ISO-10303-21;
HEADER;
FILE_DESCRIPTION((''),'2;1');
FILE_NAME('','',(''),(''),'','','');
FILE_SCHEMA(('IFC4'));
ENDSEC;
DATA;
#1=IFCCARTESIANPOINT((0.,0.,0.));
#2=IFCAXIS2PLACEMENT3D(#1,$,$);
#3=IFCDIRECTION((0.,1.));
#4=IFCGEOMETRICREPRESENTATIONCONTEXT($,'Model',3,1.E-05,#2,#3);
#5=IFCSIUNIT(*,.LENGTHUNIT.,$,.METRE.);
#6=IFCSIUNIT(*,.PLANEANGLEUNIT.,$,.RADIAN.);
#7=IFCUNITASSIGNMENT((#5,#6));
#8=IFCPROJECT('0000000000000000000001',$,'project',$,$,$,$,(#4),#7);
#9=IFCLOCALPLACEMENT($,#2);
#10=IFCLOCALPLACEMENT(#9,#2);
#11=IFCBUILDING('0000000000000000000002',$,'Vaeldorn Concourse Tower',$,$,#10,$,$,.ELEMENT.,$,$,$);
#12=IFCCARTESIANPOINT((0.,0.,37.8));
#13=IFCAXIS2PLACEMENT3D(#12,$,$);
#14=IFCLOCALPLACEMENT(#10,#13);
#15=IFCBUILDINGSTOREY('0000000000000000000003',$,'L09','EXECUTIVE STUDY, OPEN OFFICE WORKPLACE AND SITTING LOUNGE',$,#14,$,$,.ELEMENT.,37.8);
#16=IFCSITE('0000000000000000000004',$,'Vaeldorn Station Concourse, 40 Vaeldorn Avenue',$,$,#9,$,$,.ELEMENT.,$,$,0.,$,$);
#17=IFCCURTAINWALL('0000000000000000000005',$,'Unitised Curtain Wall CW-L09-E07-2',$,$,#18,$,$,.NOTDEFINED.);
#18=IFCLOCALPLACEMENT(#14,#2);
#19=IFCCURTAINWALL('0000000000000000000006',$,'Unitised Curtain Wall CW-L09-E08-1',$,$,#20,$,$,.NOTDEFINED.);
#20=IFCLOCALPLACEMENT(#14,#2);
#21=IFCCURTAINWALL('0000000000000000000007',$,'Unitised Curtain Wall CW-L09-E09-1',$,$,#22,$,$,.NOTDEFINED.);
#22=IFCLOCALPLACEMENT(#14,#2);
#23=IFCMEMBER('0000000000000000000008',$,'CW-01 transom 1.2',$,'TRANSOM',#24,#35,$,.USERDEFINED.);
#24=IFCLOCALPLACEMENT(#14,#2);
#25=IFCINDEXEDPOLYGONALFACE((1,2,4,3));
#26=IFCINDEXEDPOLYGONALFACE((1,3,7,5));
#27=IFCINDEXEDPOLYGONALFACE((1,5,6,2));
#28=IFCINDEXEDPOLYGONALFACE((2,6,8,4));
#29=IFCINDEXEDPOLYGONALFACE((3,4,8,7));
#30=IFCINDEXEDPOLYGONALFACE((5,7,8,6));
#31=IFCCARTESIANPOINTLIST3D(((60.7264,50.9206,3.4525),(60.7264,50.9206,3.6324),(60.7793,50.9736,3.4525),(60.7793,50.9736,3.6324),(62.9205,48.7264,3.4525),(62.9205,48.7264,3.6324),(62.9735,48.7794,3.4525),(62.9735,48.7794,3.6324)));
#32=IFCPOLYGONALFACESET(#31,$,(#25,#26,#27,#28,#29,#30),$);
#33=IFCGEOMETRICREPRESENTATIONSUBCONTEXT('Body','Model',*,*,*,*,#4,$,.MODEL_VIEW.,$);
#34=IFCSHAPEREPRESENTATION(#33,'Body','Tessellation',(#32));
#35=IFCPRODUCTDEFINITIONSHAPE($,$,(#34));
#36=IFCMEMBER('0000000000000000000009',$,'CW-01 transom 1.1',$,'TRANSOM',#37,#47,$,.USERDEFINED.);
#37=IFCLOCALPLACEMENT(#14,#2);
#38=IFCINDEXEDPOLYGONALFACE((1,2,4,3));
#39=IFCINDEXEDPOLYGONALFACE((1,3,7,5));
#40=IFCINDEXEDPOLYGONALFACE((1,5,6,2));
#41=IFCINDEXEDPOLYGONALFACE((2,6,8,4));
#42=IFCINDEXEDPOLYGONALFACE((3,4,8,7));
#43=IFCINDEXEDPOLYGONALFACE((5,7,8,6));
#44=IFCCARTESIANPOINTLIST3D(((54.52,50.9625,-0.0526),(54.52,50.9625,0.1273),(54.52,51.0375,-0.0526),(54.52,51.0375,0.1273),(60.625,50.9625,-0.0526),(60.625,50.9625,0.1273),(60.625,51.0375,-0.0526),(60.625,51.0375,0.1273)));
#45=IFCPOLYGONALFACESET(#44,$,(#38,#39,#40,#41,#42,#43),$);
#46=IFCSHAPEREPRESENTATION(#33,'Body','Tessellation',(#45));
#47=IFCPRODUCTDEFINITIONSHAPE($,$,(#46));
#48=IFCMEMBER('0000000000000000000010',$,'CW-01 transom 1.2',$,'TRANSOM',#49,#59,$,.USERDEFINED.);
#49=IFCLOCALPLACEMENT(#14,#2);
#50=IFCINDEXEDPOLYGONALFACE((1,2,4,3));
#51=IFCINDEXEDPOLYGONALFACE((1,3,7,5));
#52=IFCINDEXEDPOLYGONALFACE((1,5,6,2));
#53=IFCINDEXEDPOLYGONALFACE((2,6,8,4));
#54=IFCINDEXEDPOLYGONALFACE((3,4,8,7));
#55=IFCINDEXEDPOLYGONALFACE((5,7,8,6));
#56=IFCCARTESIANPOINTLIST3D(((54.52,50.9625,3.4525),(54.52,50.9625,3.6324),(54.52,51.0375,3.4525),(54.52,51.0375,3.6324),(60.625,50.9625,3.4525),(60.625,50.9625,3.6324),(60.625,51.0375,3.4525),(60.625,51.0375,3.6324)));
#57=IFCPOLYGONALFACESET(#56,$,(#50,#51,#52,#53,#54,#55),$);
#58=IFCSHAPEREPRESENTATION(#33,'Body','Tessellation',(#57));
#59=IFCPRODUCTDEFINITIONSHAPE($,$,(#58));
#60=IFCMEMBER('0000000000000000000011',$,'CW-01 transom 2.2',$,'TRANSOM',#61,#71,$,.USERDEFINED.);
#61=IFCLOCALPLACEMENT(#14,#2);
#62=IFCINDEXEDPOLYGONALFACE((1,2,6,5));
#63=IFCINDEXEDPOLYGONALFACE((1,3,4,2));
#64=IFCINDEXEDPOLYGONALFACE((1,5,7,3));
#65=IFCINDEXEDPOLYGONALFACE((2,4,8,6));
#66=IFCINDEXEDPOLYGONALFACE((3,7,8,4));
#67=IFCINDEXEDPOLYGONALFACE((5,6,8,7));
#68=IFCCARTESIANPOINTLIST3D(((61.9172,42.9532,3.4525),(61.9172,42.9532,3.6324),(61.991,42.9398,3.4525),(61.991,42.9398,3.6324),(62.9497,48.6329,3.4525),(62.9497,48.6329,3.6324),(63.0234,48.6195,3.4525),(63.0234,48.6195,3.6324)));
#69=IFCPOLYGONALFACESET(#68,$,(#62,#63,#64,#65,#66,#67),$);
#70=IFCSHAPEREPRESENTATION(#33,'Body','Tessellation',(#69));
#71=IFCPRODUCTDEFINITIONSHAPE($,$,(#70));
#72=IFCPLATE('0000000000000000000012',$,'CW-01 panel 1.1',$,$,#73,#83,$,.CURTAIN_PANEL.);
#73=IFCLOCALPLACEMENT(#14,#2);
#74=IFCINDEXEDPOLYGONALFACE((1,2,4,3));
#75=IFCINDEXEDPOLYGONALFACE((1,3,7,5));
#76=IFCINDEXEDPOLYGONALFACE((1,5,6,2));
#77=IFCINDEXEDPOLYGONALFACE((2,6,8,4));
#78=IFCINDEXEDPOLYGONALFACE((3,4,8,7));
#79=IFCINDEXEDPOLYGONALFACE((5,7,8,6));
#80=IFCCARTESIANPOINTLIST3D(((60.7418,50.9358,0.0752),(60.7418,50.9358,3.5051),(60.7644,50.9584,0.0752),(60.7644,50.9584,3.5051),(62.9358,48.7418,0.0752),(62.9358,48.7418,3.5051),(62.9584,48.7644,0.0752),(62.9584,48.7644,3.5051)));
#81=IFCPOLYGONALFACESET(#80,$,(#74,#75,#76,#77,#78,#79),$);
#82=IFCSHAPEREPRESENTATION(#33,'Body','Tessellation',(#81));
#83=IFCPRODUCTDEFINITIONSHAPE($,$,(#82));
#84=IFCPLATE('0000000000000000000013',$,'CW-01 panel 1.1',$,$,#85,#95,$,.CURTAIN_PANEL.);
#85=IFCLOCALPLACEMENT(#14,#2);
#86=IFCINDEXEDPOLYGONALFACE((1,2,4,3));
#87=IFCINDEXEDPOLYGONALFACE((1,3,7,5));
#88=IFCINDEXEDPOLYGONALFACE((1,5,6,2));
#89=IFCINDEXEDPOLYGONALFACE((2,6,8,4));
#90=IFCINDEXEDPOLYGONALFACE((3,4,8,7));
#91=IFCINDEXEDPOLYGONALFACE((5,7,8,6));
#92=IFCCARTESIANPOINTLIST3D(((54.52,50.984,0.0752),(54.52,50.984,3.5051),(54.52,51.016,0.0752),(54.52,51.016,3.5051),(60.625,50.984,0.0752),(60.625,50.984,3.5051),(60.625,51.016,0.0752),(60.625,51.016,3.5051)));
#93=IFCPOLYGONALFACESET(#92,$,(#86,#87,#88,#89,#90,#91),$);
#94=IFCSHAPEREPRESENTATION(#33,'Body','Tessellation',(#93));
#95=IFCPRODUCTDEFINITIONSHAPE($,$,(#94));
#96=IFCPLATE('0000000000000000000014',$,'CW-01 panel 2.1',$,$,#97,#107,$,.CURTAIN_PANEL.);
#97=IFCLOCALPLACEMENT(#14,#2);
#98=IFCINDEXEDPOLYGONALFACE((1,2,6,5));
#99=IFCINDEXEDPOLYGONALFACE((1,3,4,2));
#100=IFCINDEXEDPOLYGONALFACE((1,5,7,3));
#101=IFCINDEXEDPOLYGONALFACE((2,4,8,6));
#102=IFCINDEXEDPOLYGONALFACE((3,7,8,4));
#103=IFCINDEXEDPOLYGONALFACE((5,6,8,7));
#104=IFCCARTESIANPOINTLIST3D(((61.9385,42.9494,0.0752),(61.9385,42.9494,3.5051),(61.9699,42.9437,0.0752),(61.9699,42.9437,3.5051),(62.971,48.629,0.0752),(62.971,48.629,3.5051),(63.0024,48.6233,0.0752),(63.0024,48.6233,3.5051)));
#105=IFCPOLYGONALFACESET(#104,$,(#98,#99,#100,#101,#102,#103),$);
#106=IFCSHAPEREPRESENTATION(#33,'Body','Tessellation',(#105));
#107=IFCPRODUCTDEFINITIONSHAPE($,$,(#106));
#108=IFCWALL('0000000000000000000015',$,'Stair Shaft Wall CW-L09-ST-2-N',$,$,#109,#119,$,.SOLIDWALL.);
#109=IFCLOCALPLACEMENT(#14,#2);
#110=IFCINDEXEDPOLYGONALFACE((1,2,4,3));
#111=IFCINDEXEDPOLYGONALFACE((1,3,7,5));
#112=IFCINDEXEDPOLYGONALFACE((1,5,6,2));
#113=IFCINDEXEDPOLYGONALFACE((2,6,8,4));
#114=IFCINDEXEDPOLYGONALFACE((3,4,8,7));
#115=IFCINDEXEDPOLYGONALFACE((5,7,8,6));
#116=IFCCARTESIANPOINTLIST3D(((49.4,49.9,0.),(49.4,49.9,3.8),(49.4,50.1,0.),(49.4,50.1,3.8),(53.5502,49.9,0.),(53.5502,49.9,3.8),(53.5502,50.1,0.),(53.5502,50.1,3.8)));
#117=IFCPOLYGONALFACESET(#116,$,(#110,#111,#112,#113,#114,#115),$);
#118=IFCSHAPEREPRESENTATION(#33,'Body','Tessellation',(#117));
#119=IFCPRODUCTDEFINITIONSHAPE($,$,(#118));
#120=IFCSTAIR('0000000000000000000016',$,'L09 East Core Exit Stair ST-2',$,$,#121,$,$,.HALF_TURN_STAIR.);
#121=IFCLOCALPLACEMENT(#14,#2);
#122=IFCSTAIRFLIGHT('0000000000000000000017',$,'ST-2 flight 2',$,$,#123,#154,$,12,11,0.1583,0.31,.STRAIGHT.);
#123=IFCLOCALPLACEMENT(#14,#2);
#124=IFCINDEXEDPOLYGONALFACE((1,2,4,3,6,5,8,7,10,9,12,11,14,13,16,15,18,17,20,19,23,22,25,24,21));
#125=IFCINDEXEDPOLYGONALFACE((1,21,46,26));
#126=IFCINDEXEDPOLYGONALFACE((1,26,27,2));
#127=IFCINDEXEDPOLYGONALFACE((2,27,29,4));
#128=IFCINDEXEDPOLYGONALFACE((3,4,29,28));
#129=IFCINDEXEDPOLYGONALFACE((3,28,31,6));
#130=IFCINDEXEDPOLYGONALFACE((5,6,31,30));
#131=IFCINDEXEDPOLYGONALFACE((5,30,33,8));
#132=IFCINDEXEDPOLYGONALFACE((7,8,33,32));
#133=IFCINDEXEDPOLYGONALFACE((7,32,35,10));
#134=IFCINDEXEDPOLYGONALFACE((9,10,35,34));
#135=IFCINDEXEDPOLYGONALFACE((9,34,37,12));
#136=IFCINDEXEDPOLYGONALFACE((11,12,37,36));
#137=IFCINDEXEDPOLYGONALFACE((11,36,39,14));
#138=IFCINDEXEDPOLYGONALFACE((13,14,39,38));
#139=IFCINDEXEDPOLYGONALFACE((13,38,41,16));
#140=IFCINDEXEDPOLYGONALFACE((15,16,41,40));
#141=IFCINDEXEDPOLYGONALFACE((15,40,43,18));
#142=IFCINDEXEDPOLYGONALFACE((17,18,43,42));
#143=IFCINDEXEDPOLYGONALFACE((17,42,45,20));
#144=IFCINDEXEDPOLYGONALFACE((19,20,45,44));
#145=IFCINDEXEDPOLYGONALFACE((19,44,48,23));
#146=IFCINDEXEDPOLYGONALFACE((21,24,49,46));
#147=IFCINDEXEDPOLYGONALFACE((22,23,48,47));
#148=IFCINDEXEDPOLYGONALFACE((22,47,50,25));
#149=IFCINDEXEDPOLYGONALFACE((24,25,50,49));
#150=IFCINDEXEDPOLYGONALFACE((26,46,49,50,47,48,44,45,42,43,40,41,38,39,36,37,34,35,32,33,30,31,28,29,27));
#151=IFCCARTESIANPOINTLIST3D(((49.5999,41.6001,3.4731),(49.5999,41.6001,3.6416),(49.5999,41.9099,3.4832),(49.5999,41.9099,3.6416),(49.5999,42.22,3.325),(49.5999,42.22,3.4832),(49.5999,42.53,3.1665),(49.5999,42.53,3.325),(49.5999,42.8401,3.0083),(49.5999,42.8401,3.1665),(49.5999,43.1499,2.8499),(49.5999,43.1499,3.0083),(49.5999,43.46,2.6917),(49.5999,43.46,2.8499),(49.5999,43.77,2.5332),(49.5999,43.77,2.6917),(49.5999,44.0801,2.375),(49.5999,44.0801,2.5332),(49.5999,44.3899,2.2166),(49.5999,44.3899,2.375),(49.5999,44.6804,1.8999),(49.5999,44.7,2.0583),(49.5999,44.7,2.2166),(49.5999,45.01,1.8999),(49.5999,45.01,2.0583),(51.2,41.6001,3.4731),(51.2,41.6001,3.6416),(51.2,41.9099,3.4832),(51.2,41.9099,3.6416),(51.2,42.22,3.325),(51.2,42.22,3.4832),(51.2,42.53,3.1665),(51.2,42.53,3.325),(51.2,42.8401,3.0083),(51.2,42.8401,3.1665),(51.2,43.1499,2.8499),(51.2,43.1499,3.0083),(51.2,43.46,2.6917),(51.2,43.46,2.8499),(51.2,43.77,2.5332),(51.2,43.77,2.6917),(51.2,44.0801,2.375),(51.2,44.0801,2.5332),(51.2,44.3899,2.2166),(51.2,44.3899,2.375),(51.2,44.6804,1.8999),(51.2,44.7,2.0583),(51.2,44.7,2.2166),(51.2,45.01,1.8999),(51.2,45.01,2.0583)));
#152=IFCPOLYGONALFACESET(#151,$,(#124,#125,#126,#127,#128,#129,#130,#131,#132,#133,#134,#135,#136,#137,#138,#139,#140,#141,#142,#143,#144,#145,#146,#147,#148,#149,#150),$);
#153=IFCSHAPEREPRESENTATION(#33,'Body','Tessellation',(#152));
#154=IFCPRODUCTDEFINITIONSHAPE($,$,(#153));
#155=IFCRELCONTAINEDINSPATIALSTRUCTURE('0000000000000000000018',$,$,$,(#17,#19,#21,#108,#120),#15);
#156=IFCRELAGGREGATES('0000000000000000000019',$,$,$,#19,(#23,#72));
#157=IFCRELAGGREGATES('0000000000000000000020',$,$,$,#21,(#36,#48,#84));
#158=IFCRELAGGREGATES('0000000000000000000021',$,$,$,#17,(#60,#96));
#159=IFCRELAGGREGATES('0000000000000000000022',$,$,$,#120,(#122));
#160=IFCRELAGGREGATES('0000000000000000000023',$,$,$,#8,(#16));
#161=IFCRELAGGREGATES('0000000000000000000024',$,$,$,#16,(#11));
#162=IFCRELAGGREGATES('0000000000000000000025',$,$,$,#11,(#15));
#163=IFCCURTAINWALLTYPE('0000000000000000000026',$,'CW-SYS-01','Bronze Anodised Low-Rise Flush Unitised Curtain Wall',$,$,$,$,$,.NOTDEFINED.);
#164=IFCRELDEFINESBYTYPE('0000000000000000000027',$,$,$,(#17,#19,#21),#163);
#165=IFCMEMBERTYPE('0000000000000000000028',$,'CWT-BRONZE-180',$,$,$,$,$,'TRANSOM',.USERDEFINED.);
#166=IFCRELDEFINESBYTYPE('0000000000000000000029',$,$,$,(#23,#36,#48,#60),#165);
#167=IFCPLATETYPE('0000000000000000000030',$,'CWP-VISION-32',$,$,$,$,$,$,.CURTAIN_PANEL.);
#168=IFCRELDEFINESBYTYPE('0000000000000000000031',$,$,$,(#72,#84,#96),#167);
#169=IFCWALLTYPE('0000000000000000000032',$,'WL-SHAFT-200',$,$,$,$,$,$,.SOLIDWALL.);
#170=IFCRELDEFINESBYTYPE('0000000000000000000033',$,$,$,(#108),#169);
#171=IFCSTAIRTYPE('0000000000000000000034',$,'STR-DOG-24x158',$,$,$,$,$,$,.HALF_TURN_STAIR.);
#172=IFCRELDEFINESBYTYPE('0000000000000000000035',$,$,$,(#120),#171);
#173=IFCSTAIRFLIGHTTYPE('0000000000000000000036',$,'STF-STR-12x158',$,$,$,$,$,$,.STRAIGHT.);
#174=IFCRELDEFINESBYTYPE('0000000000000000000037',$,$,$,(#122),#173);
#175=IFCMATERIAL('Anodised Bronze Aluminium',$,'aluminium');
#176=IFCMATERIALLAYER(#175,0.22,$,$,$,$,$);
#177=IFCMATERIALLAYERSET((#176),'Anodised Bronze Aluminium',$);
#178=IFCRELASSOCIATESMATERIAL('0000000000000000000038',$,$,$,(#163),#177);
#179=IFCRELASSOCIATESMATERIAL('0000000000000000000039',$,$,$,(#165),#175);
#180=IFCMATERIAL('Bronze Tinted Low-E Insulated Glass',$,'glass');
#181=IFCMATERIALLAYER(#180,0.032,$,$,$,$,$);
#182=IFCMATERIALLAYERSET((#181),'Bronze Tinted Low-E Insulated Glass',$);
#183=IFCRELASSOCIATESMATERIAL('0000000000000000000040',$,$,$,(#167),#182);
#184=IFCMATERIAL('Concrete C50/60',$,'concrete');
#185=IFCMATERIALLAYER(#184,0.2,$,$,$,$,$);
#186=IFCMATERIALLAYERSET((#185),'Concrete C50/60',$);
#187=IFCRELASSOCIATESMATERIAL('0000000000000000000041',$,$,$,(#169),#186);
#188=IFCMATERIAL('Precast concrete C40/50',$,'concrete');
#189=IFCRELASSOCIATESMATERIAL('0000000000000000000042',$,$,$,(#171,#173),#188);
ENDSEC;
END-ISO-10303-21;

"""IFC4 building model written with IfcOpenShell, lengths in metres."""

from ifc_helpers import new_model, si_unit, direction, frame, frame_2d, origin, origin_2d, place, context, subcontext, project, spatial, polyline, rectangle, outline, extrude, source, transform, mapped, material, layer, layer_set, material_profile, profile_set, type_object, element, aggregate, save


model = new_model("IFC4")

# Units and contexts
model_context = context("Model", 3, precision=1e-05, world=origin(), true_north=direction((0.0, 1.0)))
body_context = subcontext(model_context, "Body", "Model", "MODEL_VIEW")
ifc_project = project(units=[si_unit("LENGTHUNIT", "METRE"), si_unit("PLANEANGLEUNIT", "RADIAN")], contexts=[model_context])

# Site, building, storey
site_placement = place(None, origin())
site = spatial("IfcSite", under=ifc_project, at=site_placement, Name="Vaeldorn Station Concourse, 40 Vaeldorn Avenue", CompositionType="ELEMENT", RefElevation=0.0)
building_placement = place(site_placement, origin())
building = spatial("IfcBuilding", under=site, at=building_placement, Name="Vaeldorn Concourse Tower", CompositionType="ELEMENT")
storey_placement = place(building_placement, frame((0.0, 0.0, 37.8)))
storey = spatial("IfcBuildingStorey", under=building, at=storey_placement, Name="L09", Description="EXECUTIVE STUDY, OPEN OFFICE WORKPLACE AND SITTING LOUNGE", CompositionType="ELEMENT", Elevation=37.8)

# Curtain wall
ifc_material_1 = material(Name="Anodised Bronze Aluminium", Category="aluminium")
ifc_layer_1 = layer(ifc_material_1, 0.22)
ifc_layer_set_1 = layer_set([ifc_layer_1], Name="Anodised Bronze Aluminium")
curtain_wall_type = type_object("IfcCurtainWallType", Name="CW-SYS-01", Description="Bronze Anodised Low-Rise Flush Unitised Curtain Wall", PredefinedType="NOTDEFINED", material=ifc_layer_set_1)
curtain_wall_1_placement = place(storey_placement, origin())
curtain_wall_1 = element("IfcCurtainWall", 1, at=curtain_wall_1_placement, inside=storey, type_object=curtain_wall_type, Name="Unitised Curtain Wall CW-L09-E07-2", PredefinedType="NOTDEFINED")

# Curtain walls
curtain_wall_2_placement = place(storey_placement, origin())
curtain_wall_2 = element("IfcCurtainWall", 2, at=curtain_wall_2_placement, inside=storey, type_object=curtain_wall_type, Name="Unitised Curtain Wall CW-L09-E08-1", PredefinedType="NOTDEFINED")
curtain_wall_3_placement = place(storey_placement, origin())
curtain_wall_3 = element("IfcCurtainWall", 3, at=curtain_wall_3_placement, inside=storey, type_object=curtain_wall_type, Name="Unitised Curtain Wall CW-L09-E09-1", PredefinedType="NOTDEFINED")

# Members
ifc_material_profile_1 = material_profile(ifc_material_1, rectangle(XDim=0.075, YDim=0.1799, at=origin_2d()), Name="CWT 75x180")
ifc_profile_set_1 = profile_set([ifc_material_profile_1], Name="Anodised Bronze Aluminium")
member_type_1 = type_object("IfcMemberType", Name="CWT-BRONZE-180", ElementType="TRANSOM", PredefinedType="USERDEFINED", material=ifc_profile_set_1)
shared_shape_1 = source(origin(), body_context, "Body", "SweptSolid", [
    extrude(rectangle(XDim=0.075, YDim=0.1799, at=origin_2d()), origin(), (0.0, 0.0, 1.0), 3.103),
])
member_1_placement = place(storey_placement, frame((62.947, 48.7529, 3.5425), z_axis=(-0.707107, 0.707107, 0.0), x_axis=(-0.707107, -0.707107, 0.0)))
member_1 = element("IfcMember", 4, at=member_1_placement, type_object=member_type_1, Name="CW-01 transom 1.2", ObjectType="TRANSOM", PredefinedType="USERDEFINED", context=body_context, shape_type="MappedRepresentation", body=[
    mapped(shared_shape_1, transform((0.0, 0.0, 0.0), scale=1.0)),
])
shared_shape_2 = source(origin(), body_context, "Body", "SweptSolid", [
    extrude(rectangle(XDim=0.075, YDim=0.1799, at=origin_2d()), origin(), (0.0, 0.0, 1.0), 6.105),
])
member_2_placement = place(storey_placement, frame((60.625, 51.0, 0.0374), z_axis=(-1.0, 0.0, 0.0), x_axis=(0.0, -1.0, 0.0)))
member_2 = element("IfcMember", 5, at=member_2_placement, type_object=member_type_1, Name="CW-01 transom 1.1", ObjectType="TRANSOM", PredefinedType="USERDEFINED", context=body_context, shape_type="MappedRepresentation", body=[
    mapped(shared_shape_2, transform((0.0, 0.0, 0.0), scale=1.0)),
])
member_3_placement = place(storey_placement, frame((60.625, 51.0, 3.5425), z_axis=(-1.0, 0.0, 0.0), x_axis=(0.0, -1.0, 0.0)))
member_3 = element("IfcMember", 6, at=member_3_placement, type_object=member_type_1, Name="CW-01 transom 1.2", ObjectType="TRANSOM", PredefinedType="USERDEFINED", context=body_context, shape_type="MappedRepresentation", body=[
    mapped(shared_shape_2, transform((0.0, 0.0, 0.0), scale=1.0)),
])
shared_shape_3 = source(origin(), body_context, "Body", "SweptSolid", [
    extrude(rectangle(XDim=0.075, YDim=0.1799, at=origin_2d()), origin(), (0.0, 0.0, 1.0), 5.7727),
])
member_4_placement = place(storey_placement, frame((61.9541, 42.9465, 3.5425), z_axis=(0.178852, 0.983876, 0.0), x_axis=(-0.983876, 0.178852, 0.0)))
member_4 = element("IfcMember", 7, at=member_4_placement, type_object=member_type_1, Name="CW-01 transom 2.2", ObjectType="TRANSOM", PredefinedType="USERDEFINED", context=body_context, shape_type="MappedRepresentation", body=[
    mapped(shared_shape_3, transform((0.0, 0.0, 0.0), scale=1.0)),
])

# Plates
ifc_material_2 = material(Name="Bronze Tinted Low-E Insulated Glass", Category="glass")
ifc_layer_2 = layer(ifc_material_2, 0.032)
ifc_layer_set_2 = layer_set([ifc_layer_2], Name="Bronze Tinted Low-E Insulated Glass")
plate_type = type_object("IfcPlateType", Name="CWP-VISION-32", PredefinedType="CURTAIN_PANEL", material=ifc_layer_set_2)
shared_shape_4 = source(origin(), body_context, "Body", "SweptSolid", [
    extrude(rectangle(XDim=3.1028, YDim=0.032, at=origin_2d()), origin(), (0.0, 0.0, 1.0), 3.4299),
])
plate_1_placement = place(storey_placement, frame((61.8501, 49.8501, 0.0752), z_axis=(0.0, 0.0, 1.0), x_axis=(-0.707107, 0.707107, 0.0)))
plate_1 = element("IfcPlate", 8, at=plate_1_placement, type_object=plate_type, Name="CW-01 panel 1.1", PredefinedType="CURTAIN_PANEL", context=body_context, shape_type="MappedRepresentation", body=[
    mapped(shared_shape_4, transform((0.0, 0.0, 0.0), scale=1.0)),
])
aggregate(curtain_wall_2, [member_1, plate_1])
shared_shape_5 = source(origin(), body_context, "Body", "SweptSolid", [
    extrude(rectangle(XDim=6.105, YDim=0.032, at=origin_2d()), origin(), (0.0, 0.0, 1.0), 3.4299),
])
plate_2_placement = place(storey_placement, frame((57.5725, 51.0, 0.0752), z_axis=(0.0, 0.0, 1.0), x_axis=(-1.0, 0.0, 0.0)))
plate_2 = element("IfcPlate", 9, at=plate_2_placement, type_object=plate_type, Name="CW-01 panel 1.1", PredefinedType="CURTAIN_PANEL", context=body_context, shape_type="MappedRepresentation", body=[
    mapped(shared_shape_5, transform((0.0, 0.0, 0.0), scale=1.0)),
])
aggregate(curtain_wall_3, [member_2, member_3, plate_2])
shared_shape_6 = source(origin(), body_context, "Body", "SweptSolid", [
    extrude(rectangle(XDim=5.7727, YDim=0.032, at=origin_2d()), origin(), (0.0, 0.0, 1.0), 3.4299),
])
plate_3_placement = place(storey_placement, frame((62.4705, 45.7864, 0.0752), z_axis=(0.0, 0.0, 1.0), x_axis=(0.178857, 0.983875, 0.0)))
plate_3 = element("IfcPlate", 10, at=plate_3_placement, type_object=plate_type, Name="CW-01 panel 2.1", PredefinedType="CURTAIN_PANEL", context=body_context, shape_type="MappedRepresentation", body=[
    mapped(shared_shape_6, transform((0.0, 0.0, 0.0), scale=1.0)),
])
aggregate(curtain_wall_1, [member_4, plate_3])

# Wall
ifc_material_3 = material(Name="Concrete C50/60", Category="concrete")
ifc_layer_3 = layer(ifc_material_3, 0.2)
ifc_layer_set_3 = layer_set([ifc_layer_3], Name="Concrete C50/60")
wall_type = type_object("IfcWallType", Name="WL-SHAFT-200", PredefinedType="SOLIDWALL", material=ifc_layer_set_3)
wall_placement = place(storey_placement, frame((49.3999, 50.0, 0.0), z_axis=(0.0, 0.0, 1.0), x_axis=(1.0, 0.0, 0.0)))
element("IfcWall", 11, at=wall_placement, inside=storey, type_object=wall_type, Name="Stair Shaft Wall CW-L09-ST-2-N", PredefinedType="SOLIDWALL", context=body_context, shape_type="SweptSolid", body=[
    extrude(rectangle(XDim=4.1501, YDim=0.2, at=frame_2d((2.0752, 0.0))), origin(), (0.0, 0.0, 1.0), 3.8),
])

# Stair, stair flight
ifc_material_4 = material(Name="Precast concrete C40/50", Category="concrete")
stair_type = type_object("IfcStairType", Name="STR-DOG-24x158", PredefinedType="HALF_TURN_STAIR", material=ifc_material_4)
stair_placement = place(storey_placement, origin())
stair = element("IfcStair", 12, at=stair_placement, inside=storey, type_object=stair_type, Name="L09 East Core Exit Stair ST-2", PredefinedType="HALF_TURN_STAIR")
stair_flight_type = type_object("IfcStairFlightType", Name="STF-STR-12x158", PredefinedType="STRAIGHT", material=ifc_material_4)
stair_flight_placement = place(storey_placement, frame((50.3999, 45.01, 1.8999), z_axis=(0.0, 0.0, 1.0), x_axis=(0.0, -1.0, 0.0)))
stair_flight = element("IfcStairFlight", 13, at=stair_flight_placement, type_object=stair_flight_type, Name="ST-2 flight 2", NumberOfRisers=12, NumberOfTreads=11, PredefinedType="STRAIGHT", RiserHeight=0.1583, TreadLength=0.31, context=body_context, shape_type="SweptSolid", body=[
    extrude(outline(polyline([(0.0, 0.0), (0.0, 0.1584), (0.3101, 0.1584), (0.3101, 0.3167), (0.6201, 0.3167), (0.6201, 0.4751), (0.9299, 0.4751), (0.9299, 0.6333), (1.24, 0.6333), (1.24, 0.7917), (1.55, 0.7917), (1.55, 0.95), (1.8601, 0.95), (1.8601, 1.1084), (2.1699, 1.1084), (2.1699, 1.2666), (2.48, 1.2666), (2.48, 1.425), (2.79, 1.425), (2.79, 1.5833), (3.1001, 1.5833), (3.1001, 1.7417), (3.4099, 1.7417), (3.4099, 1.8999), (3.4099, 1.5732), (0.3296, 0.0), (0.0, 0.0)])), frame((0.0, 0.8, 0.0), z_axis=(0.0, -1.0, 0.0), x_axis=(1.0, 0.0, 0.0)), (0.0, 0.0, 1.0), 1.6001),
])
aggregate(stair, [stair_flight])

save(model, "model.ifc")
